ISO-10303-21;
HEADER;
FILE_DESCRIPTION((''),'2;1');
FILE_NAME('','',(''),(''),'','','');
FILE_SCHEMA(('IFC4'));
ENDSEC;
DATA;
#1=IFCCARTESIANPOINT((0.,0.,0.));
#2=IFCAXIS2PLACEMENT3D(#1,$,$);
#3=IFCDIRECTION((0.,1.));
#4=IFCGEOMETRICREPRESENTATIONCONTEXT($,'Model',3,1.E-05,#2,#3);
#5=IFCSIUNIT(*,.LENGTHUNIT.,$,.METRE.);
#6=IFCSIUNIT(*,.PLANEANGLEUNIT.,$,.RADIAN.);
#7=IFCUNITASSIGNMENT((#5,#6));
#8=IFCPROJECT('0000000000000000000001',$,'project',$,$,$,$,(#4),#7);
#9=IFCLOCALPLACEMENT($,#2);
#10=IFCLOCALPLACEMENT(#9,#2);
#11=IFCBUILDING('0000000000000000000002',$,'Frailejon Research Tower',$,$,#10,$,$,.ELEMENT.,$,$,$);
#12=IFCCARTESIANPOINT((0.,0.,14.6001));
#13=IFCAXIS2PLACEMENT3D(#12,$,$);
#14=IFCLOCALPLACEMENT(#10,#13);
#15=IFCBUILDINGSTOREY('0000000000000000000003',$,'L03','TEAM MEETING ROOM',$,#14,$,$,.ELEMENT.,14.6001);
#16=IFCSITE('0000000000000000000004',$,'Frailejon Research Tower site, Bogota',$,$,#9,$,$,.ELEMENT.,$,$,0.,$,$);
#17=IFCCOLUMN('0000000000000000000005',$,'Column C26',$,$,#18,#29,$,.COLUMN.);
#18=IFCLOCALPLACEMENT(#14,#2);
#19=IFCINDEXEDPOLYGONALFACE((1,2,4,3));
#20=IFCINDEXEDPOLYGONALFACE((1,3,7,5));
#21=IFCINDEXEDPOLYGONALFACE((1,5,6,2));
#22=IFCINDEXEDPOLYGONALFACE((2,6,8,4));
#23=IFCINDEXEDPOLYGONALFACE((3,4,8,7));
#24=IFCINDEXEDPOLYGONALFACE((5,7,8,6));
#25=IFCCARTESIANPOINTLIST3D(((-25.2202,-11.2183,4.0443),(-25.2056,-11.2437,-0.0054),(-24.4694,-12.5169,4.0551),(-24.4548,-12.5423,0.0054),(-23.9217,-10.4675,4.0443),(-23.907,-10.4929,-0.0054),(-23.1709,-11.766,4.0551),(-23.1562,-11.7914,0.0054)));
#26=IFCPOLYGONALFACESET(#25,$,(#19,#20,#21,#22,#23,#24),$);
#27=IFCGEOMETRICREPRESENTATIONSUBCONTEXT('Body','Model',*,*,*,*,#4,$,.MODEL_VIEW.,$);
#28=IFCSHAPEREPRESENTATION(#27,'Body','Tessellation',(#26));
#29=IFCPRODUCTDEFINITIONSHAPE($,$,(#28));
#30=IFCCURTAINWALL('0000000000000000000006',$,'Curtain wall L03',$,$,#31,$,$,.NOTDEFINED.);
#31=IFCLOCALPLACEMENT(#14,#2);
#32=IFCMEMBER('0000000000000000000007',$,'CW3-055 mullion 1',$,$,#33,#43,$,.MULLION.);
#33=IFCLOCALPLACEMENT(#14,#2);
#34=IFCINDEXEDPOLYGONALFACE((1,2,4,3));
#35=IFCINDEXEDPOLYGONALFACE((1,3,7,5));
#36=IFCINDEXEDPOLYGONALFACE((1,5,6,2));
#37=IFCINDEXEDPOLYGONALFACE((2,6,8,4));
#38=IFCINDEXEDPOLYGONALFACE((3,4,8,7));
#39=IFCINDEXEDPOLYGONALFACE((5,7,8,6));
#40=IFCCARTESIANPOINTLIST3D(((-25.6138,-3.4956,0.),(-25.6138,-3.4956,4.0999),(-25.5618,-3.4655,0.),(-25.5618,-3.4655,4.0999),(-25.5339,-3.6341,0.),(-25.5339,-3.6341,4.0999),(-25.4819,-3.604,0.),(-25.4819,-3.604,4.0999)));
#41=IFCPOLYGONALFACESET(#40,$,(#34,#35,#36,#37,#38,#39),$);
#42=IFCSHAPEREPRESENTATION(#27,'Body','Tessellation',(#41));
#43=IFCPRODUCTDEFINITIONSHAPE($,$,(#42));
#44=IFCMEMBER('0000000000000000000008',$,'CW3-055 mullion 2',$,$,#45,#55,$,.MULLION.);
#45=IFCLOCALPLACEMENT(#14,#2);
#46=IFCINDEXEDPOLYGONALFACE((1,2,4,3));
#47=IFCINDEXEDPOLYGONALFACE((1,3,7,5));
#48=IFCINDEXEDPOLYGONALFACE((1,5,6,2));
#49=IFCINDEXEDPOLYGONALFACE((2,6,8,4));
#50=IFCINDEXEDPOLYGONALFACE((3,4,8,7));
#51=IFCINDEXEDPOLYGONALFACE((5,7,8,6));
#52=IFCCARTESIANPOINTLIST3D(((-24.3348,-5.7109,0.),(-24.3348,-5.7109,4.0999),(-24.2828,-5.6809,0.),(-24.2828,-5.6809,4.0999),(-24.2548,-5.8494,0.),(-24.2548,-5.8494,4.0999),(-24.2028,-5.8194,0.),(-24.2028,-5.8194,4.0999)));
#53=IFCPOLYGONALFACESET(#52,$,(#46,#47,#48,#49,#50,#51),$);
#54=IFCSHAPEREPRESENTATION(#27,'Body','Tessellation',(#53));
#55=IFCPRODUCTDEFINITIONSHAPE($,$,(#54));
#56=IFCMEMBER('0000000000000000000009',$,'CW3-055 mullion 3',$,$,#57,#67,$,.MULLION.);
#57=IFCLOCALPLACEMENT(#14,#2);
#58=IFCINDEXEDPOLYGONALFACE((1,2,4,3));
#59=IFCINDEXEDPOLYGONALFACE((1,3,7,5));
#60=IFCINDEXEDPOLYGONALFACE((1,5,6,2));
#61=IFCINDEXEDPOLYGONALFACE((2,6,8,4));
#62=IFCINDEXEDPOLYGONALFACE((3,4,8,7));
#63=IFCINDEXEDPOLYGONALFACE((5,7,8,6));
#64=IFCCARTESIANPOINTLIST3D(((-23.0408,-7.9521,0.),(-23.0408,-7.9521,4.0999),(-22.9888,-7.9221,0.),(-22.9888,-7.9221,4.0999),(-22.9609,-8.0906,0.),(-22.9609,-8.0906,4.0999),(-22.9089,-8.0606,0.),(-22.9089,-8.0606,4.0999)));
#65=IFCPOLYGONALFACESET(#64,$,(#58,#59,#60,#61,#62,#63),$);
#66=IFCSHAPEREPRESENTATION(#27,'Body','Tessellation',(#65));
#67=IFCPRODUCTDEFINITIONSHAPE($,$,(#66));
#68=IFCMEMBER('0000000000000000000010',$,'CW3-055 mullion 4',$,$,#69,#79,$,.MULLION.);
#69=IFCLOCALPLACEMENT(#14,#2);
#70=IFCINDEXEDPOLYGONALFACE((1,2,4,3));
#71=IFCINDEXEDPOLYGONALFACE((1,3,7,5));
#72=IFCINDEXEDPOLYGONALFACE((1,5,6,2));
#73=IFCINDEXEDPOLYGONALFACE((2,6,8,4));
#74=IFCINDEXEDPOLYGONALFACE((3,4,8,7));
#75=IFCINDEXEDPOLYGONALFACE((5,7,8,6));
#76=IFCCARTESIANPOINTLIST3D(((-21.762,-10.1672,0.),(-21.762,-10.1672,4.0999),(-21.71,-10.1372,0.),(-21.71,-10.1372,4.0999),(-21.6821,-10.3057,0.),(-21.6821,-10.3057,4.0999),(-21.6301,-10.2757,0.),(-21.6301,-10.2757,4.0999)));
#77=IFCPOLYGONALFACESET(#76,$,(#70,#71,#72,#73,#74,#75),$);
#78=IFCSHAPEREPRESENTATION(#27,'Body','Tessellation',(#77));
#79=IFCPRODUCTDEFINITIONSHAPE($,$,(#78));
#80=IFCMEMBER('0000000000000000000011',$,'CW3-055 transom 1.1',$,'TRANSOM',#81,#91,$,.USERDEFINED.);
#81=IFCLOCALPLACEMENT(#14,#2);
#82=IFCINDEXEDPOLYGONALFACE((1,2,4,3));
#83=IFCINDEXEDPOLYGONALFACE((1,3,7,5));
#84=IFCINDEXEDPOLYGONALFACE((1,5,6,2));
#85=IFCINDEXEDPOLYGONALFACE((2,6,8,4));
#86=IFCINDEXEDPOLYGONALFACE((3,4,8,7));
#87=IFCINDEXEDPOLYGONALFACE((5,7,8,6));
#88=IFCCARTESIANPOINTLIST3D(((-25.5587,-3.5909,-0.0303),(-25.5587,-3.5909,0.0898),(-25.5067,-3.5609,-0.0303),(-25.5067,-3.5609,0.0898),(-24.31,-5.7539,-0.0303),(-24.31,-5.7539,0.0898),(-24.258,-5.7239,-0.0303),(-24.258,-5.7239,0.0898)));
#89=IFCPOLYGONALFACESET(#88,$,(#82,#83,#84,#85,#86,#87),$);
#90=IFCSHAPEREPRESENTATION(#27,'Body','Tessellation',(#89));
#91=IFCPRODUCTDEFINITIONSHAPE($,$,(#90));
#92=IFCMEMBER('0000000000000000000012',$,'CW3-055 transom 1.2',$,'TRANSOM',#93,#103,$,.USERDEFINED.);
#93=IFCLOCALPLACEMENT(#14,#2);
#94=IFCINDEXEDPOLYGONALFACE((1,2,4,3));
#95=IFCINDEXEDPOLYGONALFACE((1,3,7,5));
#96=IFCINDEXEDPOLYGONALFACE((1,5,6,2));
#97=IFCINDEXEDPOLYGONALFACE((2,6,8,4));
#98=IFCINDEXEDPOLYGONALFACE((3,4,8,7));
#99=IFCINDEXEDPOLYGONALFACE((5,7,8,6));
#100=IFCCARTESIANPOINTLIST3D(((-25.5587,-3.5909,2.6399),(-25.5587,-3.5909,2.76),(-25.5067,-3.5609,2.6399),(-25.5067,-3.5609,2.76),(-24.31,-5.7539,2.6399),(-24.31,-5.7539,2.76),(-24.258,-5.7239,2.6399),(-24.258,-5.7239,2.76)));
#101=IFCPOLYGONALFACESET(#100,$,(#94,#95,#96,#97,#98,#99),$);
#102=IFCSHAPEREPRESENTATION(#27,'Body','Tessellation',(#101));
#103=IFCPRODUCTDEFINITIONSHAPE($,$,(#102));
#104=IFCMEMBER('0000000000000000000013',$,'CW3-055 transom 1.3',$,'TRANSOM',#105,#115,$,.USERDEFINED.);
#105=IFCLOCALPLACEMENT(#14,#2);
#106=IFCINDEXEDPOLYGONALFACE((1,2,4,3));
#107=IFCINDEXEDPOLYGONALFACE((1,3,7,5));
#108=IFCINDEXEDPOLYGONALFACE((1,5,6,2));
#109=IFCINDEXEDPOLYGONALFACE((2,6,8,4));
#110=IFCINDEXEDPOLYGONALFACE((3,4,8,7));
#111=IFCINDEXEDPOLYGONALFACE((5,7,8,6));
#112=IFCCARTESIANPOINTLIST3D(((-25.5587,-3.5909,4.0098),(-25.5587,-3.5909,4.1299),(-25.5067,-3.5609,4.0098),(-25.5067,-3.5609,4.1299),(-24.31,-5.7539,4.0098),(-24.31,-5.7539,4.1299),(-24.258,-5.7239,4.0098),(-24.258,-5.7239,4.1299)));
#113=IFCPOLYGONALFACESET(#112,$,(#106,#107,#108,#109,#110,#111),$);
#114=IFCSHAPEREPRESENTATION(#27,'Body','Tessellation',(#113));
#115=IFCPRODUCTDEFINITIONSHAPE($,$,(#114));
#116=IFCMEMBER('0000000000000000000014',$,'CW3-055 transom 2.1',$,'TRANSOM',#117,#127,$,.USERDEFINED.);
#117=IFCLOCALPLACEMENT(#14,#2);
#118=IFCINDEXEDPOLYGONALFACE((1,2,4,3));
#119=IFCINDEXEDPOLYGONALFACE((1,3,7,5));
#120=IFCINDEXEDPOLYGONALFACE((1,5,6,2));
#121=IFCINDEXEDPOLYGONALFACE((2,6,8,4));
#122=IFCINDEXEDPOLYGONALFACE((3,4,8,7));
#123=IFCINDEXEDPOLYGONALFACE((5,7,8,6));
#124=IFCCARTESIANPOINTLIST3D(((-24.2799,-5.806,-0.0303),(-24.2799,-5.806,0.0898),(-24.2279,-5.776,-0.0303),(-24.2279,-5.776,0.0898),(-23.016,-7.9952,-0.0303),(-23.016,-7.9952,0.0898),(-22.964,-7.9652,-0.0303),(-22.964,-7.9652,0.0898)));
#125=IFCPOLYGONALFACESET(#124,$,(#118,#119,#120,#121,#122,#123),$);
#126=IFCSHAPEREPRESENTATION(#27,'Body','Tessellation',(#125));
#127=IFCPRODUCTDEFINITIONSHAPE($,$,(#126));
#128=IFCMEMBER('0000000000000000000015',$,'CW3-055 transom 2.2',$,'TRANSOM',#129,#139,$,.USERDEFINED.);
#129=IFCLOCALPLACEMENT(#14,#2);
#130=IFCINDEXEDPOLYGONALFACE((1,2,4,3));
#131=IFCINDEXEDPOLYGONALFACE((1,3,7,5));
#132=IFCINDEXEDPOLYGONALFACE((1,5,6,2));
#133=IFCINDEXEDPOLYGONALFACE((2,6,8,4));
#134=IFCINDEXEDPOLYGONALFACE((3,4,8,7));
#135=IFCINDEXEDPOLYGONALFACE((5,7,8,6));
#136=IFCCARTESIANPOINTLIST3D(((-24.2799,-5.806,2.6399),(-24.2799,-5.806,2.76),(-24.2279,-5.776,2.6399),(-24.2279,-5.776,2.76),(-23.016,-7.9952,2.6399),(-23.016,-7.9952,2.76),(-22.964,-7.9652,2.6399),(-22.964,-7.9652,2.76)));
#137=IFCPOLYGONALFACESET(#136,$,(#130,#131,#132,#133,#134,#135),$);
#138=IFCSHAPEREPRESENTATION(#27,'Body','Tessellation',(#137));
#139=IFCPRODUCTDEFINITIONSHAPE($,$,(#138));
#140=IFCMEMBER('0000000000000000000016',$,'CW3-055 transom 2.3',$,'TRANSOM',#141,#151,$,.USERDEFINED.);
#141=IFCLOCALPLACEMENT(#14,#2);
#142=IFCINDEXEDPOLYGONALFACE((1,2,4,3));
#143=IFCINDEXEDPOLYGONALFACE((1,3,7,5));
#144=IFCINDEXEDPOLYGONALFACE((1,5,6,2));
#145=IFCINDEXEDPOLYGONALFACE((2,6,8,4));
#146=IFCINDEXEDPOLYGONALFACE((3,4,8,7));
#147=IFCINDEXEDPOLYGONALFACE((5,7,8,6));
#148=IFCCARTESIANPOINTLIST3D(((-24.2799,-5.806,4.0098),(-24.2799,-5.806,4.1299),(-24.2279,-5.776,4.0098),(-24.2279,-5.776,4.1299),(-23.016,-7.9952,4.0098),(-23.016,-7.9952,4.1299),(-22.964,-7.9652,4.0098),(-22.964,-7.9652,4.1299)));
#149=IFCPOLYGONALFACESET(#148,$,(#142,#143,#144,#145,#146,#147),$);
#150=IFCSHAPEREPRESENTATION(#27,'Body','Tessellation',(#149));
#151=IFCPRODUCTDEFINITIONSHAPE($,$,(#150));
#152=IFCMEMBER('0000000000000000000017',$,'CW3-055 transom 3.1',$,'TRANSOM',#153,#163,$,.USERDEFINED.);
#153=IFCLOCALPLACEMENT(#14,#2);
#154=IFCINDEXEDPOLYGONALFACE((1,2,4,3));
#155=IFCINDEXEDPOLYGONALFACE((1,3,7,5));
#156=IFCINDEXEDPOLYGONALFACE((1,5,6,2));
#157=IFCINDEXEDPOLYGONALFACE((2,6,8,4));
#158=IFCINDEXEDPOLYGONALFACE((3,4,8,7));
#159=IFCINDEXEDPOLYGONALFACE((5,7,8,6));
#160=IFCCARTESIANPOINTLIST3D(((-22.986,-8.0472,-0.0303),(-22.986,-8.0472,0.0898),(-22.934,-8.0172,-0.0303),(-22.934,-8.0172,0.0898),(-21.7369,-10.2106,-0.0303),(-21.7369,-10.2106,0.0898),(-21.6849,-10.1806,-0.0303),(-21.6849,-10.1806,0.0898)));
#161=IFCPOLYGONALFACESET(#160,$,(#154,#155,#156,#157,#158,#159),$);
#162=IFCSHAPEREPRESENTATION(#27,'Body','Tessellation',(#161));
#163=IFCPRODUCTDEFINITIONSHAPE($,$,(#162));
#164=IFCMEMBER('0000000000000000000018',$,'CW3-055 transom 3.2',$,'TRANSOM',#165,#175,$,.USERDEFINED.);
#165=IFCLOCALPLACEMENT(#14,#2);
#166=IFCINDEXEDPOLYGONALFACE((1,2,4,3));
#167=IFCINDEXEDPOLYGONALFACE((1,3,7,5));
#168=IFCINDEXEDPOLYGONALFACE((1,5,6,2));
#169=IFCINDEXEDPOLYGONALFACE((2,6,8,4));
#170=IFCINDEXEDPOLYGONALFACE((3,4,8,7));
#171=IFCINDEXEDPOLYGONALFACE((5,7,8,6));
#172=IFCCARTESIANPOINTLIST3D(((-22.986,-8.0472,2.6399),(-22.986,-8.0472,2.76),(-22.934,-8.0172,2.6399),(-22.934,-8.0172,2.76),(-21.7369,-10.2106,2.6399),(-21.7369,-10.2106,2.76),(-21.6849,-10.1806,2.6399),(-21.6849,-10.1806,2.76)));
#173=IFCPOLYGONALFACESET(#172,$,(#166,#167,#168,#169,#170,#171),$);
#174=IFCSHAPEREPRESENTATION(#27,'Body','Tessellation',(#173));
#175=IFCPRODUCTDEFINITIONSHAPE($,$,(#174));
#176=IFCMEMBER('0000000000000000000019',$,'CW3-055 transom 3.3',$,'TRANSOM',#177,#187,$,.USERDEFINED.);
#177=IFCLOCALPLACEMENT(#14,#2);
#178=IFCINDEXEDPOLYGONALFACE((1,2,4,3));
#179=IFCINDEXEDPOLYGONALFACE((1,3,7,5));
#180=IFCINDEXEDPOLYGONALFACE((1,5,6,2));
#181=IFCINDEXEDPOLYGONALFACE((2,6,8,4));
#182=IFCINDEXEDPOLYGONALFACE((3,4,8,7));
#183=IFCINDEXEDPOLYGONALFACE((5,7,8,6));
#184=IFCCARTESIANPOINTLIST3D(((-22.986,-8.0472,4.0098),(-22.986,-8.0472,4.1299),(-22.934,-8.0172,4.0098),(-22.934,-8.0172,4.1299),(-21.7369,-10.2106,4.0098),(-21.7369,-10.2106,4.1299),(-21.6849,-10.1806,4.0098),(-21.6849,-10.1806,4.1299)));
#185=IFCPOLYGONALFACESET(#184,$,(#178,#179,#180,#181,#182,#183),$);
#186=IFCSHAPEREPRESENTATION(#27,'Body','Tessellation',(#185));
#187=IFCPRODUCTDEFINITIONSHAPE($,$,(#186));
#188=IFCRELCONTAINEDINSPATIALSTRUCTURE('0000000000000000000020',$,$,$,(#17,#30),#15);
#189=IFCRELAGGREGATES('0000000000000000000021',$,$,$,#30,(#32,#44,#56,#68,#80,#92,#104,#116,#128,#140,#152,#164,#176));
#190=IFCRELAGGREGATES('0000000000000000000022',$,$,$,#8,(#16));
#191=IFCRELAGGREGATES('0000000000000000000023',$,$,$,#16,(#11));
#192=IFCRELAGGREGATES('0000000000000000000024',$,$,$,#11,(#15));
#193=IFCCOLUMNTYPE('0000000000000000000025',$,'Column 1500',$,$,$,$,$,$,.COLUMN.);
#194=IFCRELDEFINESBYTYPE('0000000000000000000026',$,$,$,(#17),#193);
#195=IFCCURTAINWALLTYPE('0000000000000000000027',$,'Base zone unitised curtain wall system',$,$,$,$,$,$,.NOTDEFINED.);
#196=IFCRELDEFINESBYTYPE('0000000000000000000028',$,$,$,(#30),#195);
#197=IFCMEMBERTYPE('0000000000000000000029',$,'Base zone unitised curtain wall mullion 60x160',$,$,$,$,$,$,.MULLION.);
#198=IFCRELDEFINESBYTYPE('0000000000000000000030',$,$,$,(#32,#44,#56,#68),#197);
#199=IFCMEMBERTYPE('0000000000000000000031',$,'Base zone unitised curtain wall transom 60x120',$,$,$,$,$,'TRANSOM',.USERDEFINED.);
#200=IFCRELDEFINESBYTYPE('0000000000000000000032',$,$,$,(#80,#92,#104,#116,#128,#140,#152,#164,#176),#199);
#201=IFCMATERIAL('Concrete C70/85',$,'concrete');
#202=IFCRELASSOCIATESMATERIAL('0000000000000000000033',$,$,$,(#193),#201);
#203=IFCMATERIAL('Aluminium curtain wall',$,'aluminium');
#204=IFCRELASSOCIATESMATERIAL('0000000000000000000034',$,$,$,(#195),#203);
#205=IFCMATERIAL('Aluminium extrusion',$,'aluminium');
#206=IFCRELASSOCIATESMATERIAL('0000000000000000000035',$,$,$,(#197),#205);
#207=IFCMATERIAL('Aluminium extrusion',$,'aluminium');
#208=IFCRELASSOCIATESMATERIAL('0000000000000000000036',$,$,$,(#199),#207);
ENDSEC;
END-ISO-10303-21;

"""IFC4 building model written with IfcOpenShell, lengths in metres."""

from ifc_helpers import new_model, si_unit, direction, frame, origin, origin_2d, place, context, subcontext, project, spatial, rectangle, extrude, material, material_profile, profile_set, type_object, element, aggregate, save


model = new_model("IFC4")

# Units and contexts
model_context = context("Model", 3, precision=1e-05, world=origin(), true_north=direction((0.0, 1.0)))
body_context = subcontext(model_context, "Body", "Model", "MODEL_VIEW")
ifc_project = project(units=[si_unit("LENGTHUNIT", "METRE"), si_unit("PLANEANGLEUNIT", "RADIAN")], contexts=[model_context])

# Site, building, storey
site_placement = place(None, origin())
site = spatial("IfcSite", under=ifc_project, at=site_placement, Name="Frailejon Research Tower site, Bogota", CompositionType="ELEMENT", RefElevation=0.0)
building_placement = place(site_placement, origin())
building = spatial("IfcBuilding", under=site, at=building_placement, Name="Frailejon Research Tower", CompositionType="ELEMENT")
storey_placement = place(building_placement, frame((0.0, 0.0, 14.6001)))
storey = spatial("IfcBuildingStorey", under=building, at=storey_placement, Name="L03", Description="TEAM MEETING ROOM", CompositionType="ELEMENT", Elevation=14.6001)

# Column
ifc_material_1 = material(Name="Concrete C70/85", Category="concrete")
ifc_material_profile_1 = material_profile(ifc_material_1, rectangle(XDim=1.5, YDim=1.5, at=origin_2d()), Name="Column 1500")
ifc_profile_set_1 = profile_set([ifc_material_profile_1], Name="Concrete C70/85")
column_type = type_object("IfcColumnType", Name="Column 1500", PredefinedType="COLUMN", material=ifc_profile_set_1)
column_placement = place(storey_placement, frame((-24.1809, -11.5176, 0.0), z_axis=(-0.003617, 0.006269, 0.999974), x_axis=(0.50053, -0.865689, 0.007238)))
element("IfcColumn", 1, at=column_placement, inside=storey, type_object=column_type, Name="Column C26", PredefinedType="COLUMN", context=body_context, shape_type="SweptSolid", body=[
    extrude(rectangle(XDim=1.5, YDim=1.5, at=origin_2d()), origin(), (0.0, 0.0, 1.0), 4.0498),
])

# Curtain wall, members
ifc_material_2 = material(Name="Aluminium curtain wall", Category="aluminium")
curtain_wall_type = type_object("IfcCurtainWallType", Name="Base zone unitised curtain wall system", PredefinedType="NOTDEFINED", material=ifc_material_2)
curtain_wall_1_placement = place(storey_placement, origin())
curtain_wall_1 = element("IfcCurtainWall", 2, at=curtain_wall_1_placement, inside=storey, type_object=curtain_wall_type, Name="Curtain wall L03", PredefinedType="NOTDEFINED")
ifc_material_3 = material(Name="Aluminium extrusion", Category="aluminium")
ifc_material_profile_2 = material_profile(ifc_material_3, rectangle(XDim=0.0601, YDim=0.1599, at=origin_2d()), Name="Base zone unitised curtain wall mullion 60x160")
ifc_profile_set_2 = profile_set([ifc_material_profile_2], Name="Aluminium extrusion")
member_type_1 = type_object("IfcMemberType", Name="Base zone unitised curtain wall mullion 60x160", PredefinedType="MULLION", material=ifc_profile_set_2)
member_1_placement = place(storey_placement, frame((-25.5479, -3.5498, 0.0), z_axis=(0.0, 0.0, 1.0), x_axis=(0.866029, 0.499993, 0.0)))
member_1 = element("IfcMember", 3, at=member_1_placement, type_object=member_type_1, Name="CW3-055 mullion 1", PredefinedType="MULLION", context=body_context, shape_type="SweptSolid", body=[
    extrude(rectangle(XDim=0.0601, YDim=0.1599, at=origin_2d()), origin(), (0.0, 0.0, 1.0), 4.0999),
])
member_2_placement = place(storey_placement, frame((-24.2688, -5.7651, 0.0), z_axis=(0.0, 0.0, 1.0), x_axis=(0.866029, 0.499993, 0.0)))
member_2 = element("IfcMember", 4, at=member_2_placement, type_object=member_type_1, Name="CW3-055 mullion 2", PredefinedType="MULLION", context=body_context, shape_type="SweptSolid", body=[
    extrude(rectangle(XDim=0.0601, YDim=0.1599, at=origin_2d()), origin(), (0.0, 0.0, 1.0), 4.0999),
])
member_3_placement = place(storey_placement, frame((-22.9749, -8.0063, 0.0), z_axis=(0.0, 0.0, 1.0), x_axis=(0.866029, 0.499993, 0.0)))
member_3 = element("IfcMember", 5, at=member_3_placement, type_object=member_type_1, Name="CW3-055 mullion 3", PredefinedType="MULLION", context=body_context, shape_type="SweptSolid", body=[
    extrude(rectangle(XDim=0.0601, YDim=0.1599, at=origin_2d()), origin(), (0.0, 0.0, 1.0), 4.0999),
])
member_4_placement = place(storey_placement, frame((-21.696, -10.2214, 0.0), z_axis=(0.0, 0.0, 1.0), x_axis=(0.866029, 0.499993, 0.0)))
member_4 = element("IfcMember", 6, at=member_4_placement, type_object=member_type_1, Name="CW3-055 mullion 4", PredefinedType="MULLION", context=body_context, shape_type="SweptSolid", body=[
    extrude(rectangle(XDim=0.0601, YDim=0.1599, at=origin_2d()), origin(), (0.0, 0.0, 1.0), 4.0999),
])
ifc_material_4 = material(Name="Aluminium extrusion", Category="aluminium")
ifc_material_profile_3 = material_profile(ifc_material_4, rectangle(XDim=0.0601, YDim=0.1201, at=origin_2d()), Name="Base zone unitised curtain wall transom 60x120")
ifc_profile_set_3 = profile_set([ifc_material_profile_3], Name="Aluminium extrusion")
member_type_2 = type_object("IfcMemberType", Name="Base zone unitised curtain wall transom 60x120", ElementType="TRANSOM", PredefinedType="USERDEFINED", material=ifc_profile_set_3)
member_5_placement = place(storey_placement, frame((-25.5327, -3.5759, 0.0298), z_axis=(0.499976, -0.866039, 0.0), x_axis=(0.866039, 0.499976, 0.0)))
member_5 = element("IfcMember", 7, at=member_5_placement, type_object=member_type_2, Name="CW3-055 transom 1.1", ObjectType="TRANSOM", PredefinedType="USERDEFINED", context=body_context, shape_type="SweptSolid", body=[
    extrude(rectangle(XDim=0.0601, YDim=0.1201, at=origin_2d()), origin(), (0.0, 0.0, 1.0), 2.4976),
])
member_6_placement = place(storey_placement, frame((-25.5327, -3.5759, 2.7), z_axis=(0.499976, -0.866039, 0.0), x_axis=(0.866039, 0.499976, 0.0)))
member_6 = element("IfcMember", 8, at=member_6_placement, type_object=member_type_2, Name="CW3-055 transom 1.2", ObjectType="TRANSOM", PredefinedType="USERDEFINED", context=body_context, shape_type="SweptSolid", body=[
    extrude(rectangle(XDim=0.0601, YDim=0.1201, at=origin_2d()), origin(), (0.0, 0.0, 1.0), 2.4976),
])
member_7_placement = place(storey_placement, frame((-25.5327, -3.5759, 4.0698), z_axis=(0.499976, -0.866039, 0.0), x_axis=(0.866039, 0.499976, 0.0)))
member_7 = element("IfcMember", 9, at=member_7_placement, type_object=member_type_2, Name="CW3-055 transom 1.3", ObjectType="TRANSOM", PredefinedType="USERDEFINED", context=body_context, shape_type="SweptSolid", body=[
    extrude(rectangle(XDim=0.0601, YDim=0.1201, at=origin_2d()), origin(), (0.0, 0.0, 1.0), 2.4976),
])
member_8_placement = place(storey_placement, frame((-24.2539, -5.791, 0.0298), z_axis=(0.499993, -0.86603, 0.0), x_axis=(0.86603, 0.499993, 0.0)))
member_8 = element("IfcMember", 10, at=member_8_placement, type_object=member_type_2, Name="CW3-055 transom 2.1", ObjectType="TRANSOM", PredefinedType="USERDEFINED", context=body_context, shape_type="SweptSolid", body=[
    extrude(rectangle(XDim=0.0601, YDim=0.1201, at=origin_2d()), origin(), (0.0, 0.0, 1.0), 2.5278),
])
member_9_placement = place(storey_placement, frame((-24.2539, -5.791, 2.7), z_axis=(0.499993, -0.86603, 0.0), x_axis=(0.86603, 0.499993, 0.0)))
member_9 = element("IfcMember", 11, at=member_9_placement, type_object=member_type_2, Name="CW3-055 transom 2.2", ObjectType="TRANSOM", PredefinedType="USERDEFINED", context=body_context, shape_type="SweptSolid", body=[
    extrude(rectangle(XDim=0.0601, YDim=0.1201, at=origin_2d()), origin(), (0.0, 0.0, 1.0), 2.5278),
])
member_10_placement = place(storey_placement, frame((-24.2539, -5.791, 4.0698), z_axis=(0.499993, -0.86603, 0.0), x_axis=(0.86603, 0.499993, 0.0)))
member_10 = element("IfcMember", 12, at=member_10_placement, type_object=member_type_2, Name="CW3-055 transom 2.3", ObjectType="TRANSOM", PredefinedType="USERDEFINED", context=body_context, shape_type="SweptSolid", body=[
    extrude(rectangle(XDim=0.0601, YDim=0.1201, at=origin_2d()), origin(), (0.0, 0.0, 1.0), 2.5278),
])
member_11_placement = place(storey_placement, frame((-22.96, -8.0322, 0.0298), z_axis=(0.500007, -0.866021, 0.0), x_axis=(0.866021, 0.500007, 0.0)))
member_11 = element("IfcMember", 13, at=member_11_placement, type_object=member_type_2, Name="CW3-055 transom 3.1", ObjectType="TRANSOM", PredefinedType="USERDEFINED", context=body_context, shape_type="SweptSolid", body=[
    extrude(rectangle(XDim=0.0601, YDim=0.1201, at=origin_2d()), origin(), (0.0, 0.0, 1.0), 2.498),
])
member_12_placement = place(storey_placement, frame((-22.96, -8.0322, 2.7), z_axis=(0.500007, -0.866021, 0.0), x_axis=(0.866021, 0.500007, 0.0)))
member_12 = element("IfcMember", 14, at=member_12_placement, type_object=member_type_2, Name="CW3-055 transom 3.2", ObjectType="TRANSOM", PredefinedType="USERDEFINED", context=body_context, shape_type="SweptSolid", body=[
    extrude(rectangle(XDim=0.0601, YDim=0.1201, at=origin_2d()), origin(), (0.0, 0.0, 1.0), 2.498),
])
member_13_placement = place(storey_placement, frame((-22.96, -8.0322, 4.0698), z_axis=(0.500007, -0.866021, 0.0), x_axis=(0.866021, 0.500007, 0.0)))
member_13 = element("IfcMember", 15, at=member_13_placement, type_object=member_type_2, Name="CW3-055 transom 3.3", ObjectType="TRANSOM", PredefinedType="USERDEFINED", context=body_context, shape_type="SweptSolid", body=[
    extrude(rectangle(XDim=0.0601, YDim=0.1201, at=origin_2d()), origin(), (0.0, 0.0, 1.0), 2.498),
])

aggregate(curtain_wall_1, [member_1, member_2, member_3, member_4, member_5, member_6, member_7, member_8, member_9, member_10, member_11, member_12, member_13])

save(model, "model.ifc")
